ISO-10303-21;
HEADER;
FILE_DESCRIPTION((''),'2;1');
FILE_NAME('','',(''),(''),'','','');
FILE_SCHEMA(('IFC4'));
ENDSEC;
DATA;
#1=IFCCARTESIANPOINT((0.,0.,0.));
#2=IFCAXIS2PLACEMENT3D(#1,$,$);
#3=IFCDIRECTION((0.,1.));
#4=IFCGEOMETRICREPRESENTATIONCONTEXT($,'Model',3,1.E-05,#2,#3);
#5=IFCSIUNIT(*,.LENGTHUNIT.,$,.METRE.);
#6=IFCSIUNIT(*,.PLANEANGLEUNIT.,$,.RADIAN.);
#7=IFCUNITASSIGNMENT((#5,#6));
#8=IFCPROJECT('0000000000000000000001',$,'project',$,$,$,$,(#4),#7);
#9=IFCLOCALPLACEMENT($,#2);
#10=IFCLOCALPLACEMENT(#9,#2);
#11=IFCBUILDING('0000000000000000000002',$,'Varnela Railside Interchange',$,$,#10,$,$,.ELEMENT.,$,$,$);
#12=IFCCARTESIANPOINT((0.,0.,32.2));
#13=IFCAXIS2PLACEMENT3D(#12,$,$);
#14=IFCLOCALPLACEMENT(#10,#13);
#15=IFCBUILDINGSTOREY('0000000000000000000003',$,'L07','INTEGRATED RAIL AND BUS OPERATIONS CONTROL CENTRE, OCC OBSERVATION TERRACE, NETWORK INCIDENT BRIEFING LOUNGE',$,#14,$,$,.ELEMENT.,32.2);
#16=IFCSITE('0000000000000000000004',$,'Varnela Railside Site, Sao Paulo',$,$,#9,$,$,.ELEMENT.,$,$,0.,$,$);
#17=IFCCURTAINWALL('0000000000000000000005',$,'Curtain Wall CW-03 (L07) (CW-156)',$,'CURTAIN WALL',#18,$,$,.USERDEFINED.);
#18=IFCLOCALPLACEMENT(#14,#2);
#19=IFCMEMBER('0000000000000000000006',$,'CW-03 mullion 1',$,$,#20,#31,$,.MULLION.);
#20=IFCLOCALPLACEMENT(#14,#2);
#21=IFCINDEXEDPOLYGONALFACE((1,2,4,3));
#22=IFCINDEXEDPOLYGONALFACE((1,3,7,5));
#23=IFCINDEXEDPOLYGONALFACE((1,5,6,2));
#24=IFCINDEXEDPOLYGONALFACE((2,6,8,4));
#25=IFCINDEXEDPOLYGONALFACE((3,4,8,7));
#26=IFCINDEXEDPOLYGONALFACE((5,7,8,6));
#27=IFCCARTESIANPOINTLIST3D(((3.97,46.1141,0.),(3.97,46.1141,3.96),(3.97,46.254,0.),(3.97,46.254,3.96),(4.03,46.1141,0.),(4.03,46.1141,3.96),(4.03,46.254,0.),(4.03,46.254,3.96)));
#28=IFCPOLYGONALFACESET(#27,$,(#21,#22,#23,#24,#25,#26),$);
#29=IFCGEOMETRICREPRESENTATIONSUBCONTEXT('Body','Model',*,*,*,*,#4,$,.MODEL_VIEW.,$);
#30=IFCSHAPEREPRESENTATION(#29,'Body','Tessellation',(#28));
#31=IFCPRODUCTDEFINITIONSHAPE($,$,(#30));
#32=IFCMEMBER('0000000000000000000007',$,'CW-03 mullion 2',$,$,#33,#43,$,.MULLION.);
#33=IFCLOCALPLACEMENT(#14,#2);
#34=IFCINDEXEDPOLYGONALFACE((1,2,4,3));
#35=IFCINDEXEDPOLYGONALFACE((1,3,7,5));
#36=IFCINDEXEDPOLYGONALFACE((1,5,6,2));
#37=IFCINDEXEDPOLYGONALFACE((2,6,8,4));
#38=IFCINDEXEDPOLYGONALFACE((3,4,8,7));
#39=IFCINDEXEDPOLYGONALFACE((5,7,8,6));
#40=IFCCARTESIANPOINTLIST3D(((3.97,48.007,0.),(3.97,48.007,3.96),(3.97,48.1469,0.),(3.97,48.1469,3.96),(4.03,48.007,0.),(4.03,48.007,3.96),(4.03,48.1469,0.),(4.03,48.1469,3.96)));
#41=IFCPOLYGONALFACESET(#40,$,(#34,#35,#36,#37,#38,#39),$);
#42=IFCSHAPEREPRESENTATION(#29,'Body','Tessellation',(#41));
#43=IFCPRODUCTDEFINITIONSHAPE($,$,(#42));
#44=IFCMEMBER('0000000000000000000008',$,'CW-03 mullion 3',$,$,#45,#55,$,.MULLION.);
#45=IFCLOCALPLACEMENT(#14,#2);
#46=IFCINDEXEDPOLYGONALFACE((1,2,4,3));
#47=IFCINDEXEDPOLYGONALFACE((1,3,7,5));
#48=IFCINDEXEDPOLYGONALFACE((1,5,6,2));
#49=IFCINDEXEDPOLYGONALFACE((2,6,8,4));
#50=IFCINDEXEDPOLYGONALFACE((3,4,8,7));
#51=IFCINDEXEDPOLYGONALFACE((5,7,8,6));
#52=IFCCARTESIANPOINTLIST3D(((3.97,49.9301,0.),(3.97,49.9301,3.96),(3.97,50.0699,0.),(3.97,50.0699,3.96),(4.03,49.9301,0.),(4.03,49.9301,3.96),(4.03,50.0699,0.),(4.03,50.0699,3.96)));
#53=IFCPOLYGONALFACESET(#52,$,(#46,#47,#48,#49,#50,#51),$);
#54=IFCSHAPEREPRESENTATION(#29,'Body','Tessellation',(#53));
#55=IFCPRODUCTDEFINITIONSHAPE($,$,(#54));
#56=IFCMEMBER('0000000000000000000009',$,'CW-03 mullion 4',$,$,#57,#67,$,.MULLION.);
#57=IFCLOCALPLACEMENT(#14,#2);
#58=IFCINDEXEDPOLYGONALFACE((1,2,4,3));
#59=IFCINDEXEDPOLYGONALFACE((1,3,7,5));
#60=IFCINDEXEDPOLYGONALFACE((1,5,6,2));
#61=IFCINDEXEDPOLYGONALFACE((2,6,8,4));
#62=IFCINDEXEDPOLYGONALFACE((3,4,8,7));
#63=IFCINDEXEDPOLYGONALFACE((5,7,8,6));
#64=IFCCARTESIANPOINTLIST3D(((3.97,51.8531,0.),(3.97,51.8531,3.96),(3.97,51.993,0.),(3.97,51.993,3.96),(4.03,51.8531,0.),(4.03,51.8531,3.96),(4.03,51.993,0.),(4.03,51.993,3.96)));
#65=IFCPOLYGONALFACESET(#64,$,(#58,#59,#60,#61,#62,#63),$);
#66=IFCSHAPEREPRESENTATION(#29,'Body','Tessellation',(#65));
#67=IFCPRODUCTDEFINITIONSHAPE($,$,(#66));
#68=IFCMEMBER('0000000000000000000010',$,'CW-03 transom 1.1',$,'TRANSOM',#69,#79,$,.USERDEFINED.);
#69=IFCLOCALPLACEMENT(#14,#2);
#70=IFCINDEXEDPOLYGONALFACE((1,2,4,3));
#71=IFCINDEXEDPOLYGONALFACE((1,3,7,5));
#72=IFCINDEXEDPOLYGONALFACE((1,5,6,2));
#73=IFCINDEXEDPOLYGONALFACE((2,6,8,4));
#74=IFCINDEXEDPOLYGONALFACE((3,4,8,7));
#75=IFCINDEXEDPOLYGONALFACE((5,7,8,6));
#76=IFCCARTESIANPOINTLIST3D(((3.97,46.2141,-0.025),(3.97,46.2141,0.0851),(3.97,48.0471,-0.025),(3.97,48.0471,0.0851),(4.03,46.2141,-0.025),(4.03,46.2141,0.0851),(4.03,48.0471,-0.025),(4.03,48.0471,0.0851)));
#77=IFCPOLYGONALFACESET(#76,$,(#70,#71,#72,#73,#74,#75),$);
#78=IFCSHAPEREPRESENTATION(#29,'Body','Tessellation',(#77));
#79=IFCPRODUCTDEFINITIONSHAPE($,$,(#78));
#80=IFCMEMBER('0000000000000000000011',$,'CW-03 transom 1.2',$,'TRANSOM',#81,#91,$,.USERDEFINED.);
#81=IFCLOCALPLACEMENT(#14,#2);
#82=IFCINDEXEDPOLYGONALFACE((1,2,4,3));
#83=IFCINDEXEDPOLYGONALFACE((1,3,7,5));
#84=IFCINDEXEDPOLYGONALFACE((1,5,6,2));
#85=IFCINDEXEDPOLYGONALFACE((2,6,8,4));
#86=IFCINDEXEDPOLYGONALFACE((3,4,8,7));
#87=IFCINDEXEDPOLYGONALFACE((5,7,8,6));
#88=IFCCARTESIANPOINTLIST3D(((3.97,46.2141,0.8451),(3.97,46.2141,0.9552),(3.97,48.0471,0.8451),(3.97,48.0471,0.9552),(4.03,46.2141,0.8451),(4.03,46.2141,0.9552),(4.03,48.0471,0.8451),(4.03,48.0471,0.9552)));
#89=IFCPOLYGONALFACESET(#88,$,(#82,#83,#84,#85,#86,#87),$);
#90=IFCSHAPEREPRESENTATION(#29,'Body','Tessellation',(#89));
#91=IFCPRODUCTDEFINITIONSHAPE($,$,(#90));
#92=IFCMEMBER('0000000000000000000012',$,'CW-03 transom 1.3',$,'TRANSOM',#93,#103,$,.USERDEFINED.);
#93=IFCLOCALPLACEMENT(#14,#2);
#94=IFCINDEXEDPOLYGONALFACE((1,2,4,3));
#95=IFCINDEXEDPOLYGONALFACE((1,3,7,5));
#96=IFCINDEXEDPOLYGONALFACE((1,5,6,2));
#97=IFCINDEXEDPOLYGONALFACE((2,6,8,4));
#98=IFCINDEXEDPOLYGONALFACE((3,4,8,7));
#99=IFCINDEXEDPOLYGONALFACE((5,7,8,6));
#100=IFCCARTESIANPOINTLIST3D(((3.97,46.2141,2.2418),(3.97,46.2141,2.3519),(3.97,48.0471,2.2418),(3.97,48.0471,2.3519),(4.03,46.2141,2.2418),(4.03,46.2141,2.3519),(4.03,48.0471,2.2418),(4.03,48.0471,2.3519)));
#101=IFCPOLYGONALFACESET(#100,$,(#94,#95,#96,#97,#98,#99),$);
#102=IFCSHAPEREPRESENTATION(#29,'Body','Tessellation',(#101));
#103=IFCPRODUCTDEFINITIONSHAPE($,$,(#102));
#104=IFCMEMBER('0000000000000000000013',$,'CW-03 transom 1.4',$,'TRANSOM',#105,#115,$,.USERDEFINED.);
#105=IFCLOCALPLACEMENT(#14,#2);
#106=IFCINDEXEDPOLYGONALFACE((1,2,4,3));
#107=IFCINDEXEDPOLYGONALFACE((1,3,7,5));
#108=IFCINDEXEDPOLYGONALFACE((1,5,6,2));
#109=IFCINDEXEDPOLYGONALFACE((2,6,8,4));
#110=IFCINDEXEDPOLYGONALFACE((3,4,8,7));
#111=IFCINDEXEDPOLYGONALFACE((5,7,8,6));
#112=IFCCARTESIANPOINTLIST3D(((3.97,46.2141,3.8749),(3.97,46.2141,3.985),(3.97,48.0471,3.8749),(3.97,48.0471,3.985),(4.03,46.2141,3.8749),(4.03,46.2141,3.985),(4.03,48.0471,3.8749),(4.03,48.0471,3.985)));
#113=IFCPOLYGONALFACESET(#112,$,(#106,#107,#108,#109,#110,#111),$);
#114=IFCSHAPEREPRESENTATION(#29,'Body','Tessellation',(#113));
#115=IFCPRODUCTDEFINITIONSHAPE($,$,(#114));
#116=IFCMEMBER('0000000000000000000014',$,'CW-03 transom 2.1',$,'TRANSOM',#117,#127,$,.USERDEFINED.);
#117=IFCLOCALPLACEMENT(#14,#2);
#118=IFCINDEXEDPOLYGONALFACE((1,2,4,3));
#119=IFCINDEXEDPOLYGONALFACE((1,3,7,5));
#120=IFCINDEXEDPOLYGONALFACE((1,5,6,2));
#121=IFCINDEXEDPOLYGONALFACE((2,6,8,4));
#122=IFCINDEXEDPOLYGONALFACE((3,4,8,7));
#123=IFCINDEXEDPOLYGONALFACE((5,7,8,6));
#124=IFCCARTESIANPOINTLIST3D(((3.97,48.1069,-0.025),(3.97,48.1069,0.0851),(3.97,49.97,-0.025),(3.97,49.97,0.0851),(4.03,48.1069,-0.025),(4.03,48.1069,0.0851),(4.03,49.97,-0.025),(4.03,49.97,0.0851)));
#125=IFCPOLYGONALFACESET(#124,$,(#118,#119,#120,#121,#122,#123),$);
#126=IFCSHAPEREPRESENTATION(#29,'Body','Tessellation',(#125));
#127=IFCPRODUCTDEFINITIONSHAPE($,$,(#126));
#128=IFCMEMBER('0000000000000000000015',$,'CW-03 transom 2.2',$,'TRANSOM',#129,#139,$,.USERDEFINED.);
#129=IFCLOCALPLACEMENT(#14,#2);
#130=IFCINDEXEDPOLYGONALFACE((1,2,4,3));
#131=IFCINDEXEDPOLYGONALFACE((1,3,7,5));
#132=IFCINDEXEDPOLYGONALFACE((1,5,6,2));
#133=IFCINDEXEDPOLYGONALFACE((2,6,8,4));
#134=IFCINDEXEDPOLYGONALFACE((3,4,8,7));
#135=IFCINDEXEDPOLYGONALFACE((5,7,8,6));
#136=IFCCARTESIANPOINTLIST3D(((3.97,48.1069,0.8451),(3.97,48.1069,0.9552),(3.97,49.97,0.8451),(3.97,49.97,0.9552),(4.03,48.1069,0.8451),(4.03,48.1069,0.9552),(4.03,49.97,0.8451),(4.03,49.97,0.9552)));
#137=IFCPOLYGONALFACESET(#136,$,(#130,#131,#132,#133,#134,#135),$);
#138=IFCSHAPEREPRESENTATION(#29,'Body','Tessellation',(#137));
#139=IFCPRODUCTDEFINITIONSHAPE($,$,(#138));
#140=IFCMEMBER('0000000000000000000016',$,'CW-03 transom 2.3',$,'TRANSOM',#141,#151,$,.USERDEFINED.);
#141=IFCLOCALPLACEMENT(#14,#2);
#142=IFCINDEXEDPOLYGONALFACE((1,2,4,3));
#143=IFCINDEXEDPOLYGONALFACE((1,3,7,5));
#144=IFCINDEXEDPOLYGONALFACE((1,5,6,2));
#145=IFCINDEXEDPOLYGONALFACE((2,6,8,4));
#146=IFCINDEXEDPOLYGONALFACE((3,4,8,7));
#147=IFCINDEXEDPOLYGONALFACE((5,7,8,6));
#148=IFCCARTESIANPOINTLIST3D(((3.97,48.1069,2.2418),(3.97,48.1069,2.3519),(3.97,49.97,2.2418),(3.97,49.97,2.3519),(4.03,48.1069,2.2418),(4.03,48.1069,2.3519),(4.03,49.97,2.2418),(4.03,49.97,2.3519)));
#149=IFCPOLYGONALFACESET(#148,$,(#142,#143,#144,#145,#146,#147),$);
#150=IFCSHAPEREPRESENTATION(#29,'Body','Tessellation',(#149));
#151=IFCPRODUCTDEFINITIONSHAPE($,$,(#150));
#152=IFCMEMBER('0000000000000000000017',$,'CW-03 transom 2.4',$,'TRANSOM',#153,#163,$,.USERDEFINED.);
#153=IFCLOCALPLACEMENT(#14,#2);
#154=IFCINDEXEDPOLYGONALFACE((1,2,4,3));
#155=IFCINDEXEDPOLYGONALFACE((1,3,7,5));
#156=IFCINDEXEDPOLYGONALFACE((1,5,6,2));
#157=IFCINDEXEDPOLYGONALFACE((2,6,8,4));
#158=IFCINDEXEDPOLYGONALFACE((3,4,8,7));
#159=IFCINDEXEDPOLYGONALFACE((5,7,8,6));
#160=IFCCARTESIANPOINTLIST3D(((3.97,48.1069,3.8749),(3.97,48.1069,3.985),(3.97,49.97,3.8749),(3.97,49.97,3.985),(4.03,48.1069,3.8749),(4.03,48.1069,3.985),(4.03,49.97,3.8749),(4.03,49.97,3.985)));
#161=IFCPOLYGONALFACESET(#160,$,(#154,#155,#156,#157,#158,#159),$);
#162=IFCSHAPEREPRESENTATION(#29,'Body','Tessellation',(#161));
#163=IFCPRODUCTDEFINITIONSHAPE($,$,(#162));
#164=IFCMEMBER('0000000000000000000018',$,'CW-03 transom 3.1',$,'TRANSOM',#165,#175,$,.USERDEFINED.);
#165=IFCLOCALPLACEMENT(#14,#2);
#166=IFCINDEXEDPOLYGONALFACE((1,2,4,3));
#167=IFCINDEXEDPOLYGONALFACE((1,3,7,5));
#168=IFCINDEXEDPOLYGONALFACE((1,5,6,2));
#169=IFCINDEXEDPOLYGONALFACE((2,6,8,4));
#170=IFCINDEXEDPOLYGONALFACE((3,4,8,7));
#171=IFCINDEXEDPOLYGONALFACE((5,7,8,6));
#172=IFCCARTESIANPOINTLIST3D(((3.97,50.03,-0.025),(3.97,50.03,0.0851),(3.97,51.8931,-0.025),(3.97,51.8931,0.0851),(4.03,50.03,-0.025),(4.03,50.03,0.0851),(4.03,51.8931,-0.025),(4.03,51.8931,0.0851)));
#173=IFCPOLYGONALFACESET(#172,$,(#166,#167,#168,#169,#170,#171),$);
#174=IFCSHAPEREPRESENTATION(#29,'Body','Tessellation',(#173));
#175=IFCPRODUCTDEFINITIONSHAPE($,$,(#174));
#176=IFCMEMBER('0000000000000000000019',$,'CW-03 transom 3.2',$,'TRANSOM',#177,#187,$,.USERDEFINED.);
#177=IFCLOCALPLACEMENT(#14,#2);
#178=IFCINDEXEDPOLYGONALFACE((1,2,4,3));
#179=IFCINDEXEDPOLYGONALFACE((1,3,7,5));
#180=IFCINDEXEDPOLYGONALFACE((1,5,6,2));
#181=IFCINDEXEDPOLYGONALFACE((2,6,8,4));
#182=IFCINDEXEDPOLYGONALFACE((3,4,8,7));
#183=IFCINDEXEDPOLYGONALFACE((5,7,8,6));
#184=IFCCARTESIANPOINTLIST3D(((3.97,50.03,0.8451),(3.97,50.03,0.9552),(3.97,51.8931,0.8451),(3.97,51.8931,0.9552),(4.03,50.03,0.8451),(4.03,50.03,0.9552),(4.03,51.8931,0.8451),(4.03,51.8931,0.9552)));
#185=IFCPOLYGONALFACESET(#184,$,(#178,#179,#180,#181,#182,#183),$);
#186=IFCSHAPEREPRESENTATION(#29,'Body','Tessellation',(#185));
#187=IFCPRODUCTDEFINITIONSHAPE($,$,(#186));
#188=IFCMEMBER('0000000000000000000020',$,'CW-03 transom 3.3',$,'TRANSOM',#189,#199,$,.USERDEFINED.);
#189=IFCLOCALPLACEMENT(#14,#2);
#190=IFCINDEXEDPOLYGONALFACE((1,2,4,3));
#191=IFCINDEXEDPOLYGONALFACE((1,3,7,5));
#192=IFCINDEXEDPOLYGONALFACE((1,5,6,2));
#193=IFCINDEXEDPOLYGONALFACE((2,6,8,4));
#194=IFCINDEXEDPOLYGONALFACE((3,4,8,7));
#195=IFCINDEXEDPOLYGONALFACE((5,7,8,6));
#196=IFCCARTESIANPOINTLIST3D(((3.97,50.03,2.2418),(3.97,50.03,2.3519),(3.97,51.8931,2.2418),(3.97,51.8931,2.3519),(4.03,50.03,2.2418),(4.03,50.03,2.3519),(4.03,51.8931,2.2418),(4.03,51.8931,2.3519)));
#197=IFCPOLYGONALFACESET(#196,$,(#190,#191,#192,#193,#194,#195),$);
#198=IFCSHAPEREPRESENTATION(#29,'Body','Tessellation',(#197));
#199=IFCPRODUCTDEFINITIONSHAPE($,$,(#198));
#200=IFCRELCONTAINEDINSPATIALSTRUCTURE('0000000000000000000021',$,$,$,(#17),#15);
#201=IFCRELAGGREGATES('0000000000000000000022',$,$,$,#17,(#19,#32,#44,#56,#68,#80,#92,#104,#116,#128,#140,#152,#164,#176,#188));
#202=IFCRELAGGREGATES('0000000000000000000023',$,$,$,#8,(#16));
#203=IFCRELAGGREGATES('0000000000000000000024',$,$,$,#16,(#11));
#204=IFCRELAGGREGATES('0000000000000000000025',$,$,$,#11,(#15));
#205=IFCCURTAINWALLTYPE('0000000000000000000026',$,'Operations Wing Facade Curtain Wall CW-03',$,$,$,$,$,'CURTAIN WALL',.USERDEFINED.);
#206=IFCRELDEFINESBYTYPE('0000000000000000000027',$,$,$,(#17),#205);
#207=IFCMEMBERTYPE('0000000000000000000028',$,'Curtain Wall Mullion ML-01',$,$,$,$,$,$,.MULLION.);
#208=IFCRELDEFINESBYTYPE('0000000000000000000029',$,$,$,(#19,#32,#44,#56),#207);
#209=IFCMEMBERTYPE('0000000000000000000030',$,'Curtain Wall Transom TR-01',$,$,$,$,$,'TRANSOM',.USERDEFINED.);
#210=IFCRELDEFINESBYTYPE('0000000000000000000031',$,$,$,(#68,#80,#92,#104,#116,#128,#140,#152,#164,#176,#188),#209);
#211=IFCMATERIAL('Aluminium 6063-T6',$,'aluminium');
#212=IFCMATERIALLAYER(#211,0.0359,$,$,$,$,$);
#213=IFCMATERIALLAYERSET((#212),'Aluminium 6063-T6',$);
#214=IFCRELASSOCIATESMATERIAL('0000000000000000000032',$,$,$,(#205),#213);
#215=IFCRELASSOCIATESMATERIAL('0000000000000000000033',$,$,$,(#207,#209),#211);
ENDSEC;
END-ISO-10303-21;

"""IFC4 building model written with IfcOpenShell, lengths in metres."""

from ifc_helpers import new_model, si_unit, direction, frame, origin, origin_2d, place, context, subcontext, project, spatial, rectangle, extrude, material, layer, layer_set, material_profile, profile_set, type_object, element, aggregate, save


model = new_model("IFC4")

# Units and contexts
model_context = context("Model", 3, precision=1e-05, world=origin(), true_north=direction((0.0, 1.0)))
body_context = subcontext(model_context, "Body", "Model", "MODEL_VIEW")
ifc_project = project(units=[si_unit("LENGTHUNIT", "METRE"), si_unit("PLANEANGLEUNIT", "RADIAN")], contexts=[model_context])

# Site, building, storey
site_placement = place(None, origin())
site = spatial("IfcSite", under=ifc_project, at=site_placement, Name="Varnela Railside Site, Sao Paulo", CompositionType="ELEMENT", RefElevation=0.0)
building_placement = place(site_placement, origin())
building = spatial("IfcBuilding", under=site, at=building_placement, Name="Varnela Railside Interchange", CompositionType="ELEMENT")
storey_placement = place(building_placement, frame((0.0, 0.0, 32.2)))
storey = spatial("IfcBuildingStorey", under=building, at=storey_placement, Name="L07", Description="INTEGRATED RAIL AND BUS OPERATIONS CONTROL CENTRE, OCC OBSERVATION TERRACE, NETWORK INCIDENT BRIEFING LOUNGE", CompositionType="ELEMENT", Elevation=32.2)

# Curtain wall, members
ifc_material_1 = material(Name="Aluminium 6063-T6", Category="aluminium")
ifc_layer_1 = layer(ifc_material_1, 0.0359)
ifc_layer_set_1 = layer_set([ifc_layer_1], Name="Aluminium 6063-T6")
curtain_wall_type = type_object("IfcCurtainWallType", Name="Operations Wing Facade Curtain Wall CW-03", ElementType="CURTAIN WALL", PredefinedType="USERDEFINED", material=ifc_layer_set_1)
curtain_wall_placement = place(storey_placement, origin())
curtain_wall = element("IfcCurtainWall", 1, at=curtain_wall_placement, inside=storey, type_object=curtain_wall_type, Name="Curtain Wall CW-03 (L07) (CW-156)", ObjectType="CURTAIN WALL", PredefinedType="USERDEFINED")
ifc_material_profile_1 = material_profile(ifc_material_1, rectangle(XDim=0.0601, YDim=0.1399, at=origin_2d()), Name="ALU 60x140")
ifc_profile_set_1 = profile_set([ifc_material_profile_1], Name="Aluminium 6063-T6")
member_type_1 = type_object("IfcMemberType", Name="Curtain Wall Mullion ML-01", PredefinedType="MULLION", material=ifc_profile_set_1)
member_1_placement = place(storey_placement, frame((4.0, 46.1841, 0.0), z_axis=(0.0, 0.0, 1.0), x_axis=(-1.0, 0.0, 0.0)))
member_1 = element("IfcMember", 2, at=member_1_placement, type_object=member_type_1, Name="CW-03 mullion 1", PredefinedType="MULLION", context=body_context, shape_type="SweptSolid", body=[
    extrude(rectangle(XDim=0.0601, YDim=0.1399, at=origin_2d()), origin(), (0.0, 0.0, 1.0), 3.96),
])
member_2_placement = place(storey_placement, frame((4.0, 48.0769, 0.0), z_axis=(0.0, 0.0, 1.0), x_axis=(-1.0, 0.0, 0.0)))
member_2 = element("IfcMember", 3, at=member_2_placement, type_object=member_type_1, Name="CW-03 mullion 2", PredefinedType="MULLION", context=body_context, shape_type="SweptSolid", body=[
    extrude(rectangle(XDim=0.0601, YDim=0.1399, at=origin_2d()), origin(), (0.0, 0.0, 1.0), 3.96),
])
member_3_placement = place(storey_placement, frame((4.0, 50.0, 0.0), z_axis=(0.0, 0.0, 1.0), x_axis=(-1.0, 0.0, 0.0)))
member_3 = element("IfcMember", 4, at=member_3_placement, type_object=member_type_1, Name="CW-03 mullion 3", PredefinedType="MULLION", context=body_context, shape_type="SweptSolid", body=[
    extrude(rectangle(XDim=0.0601, YDim=0.1399, at=origin_2d()), origin(), (0.0, 0.0, 1.0), 3.96),
])
member_4_placement = place(storey_placement, frame((4.0, 51.9231, 0.0), z_axis=(0.0, 0.0, 1.0), x_axis=(-1.0, 0.0, 0.0)))
member_4 = element("IfcMember", 5, at=member_4_placement, type_object=member_type_1, Name="CW-03 mullion 4", PredefinedType="MULLION", context=body_context, shape_type="SweptSolid", body=[
    extrude(rectangle(XDim=0.0601, YDim=0.1399, at=origin_2d()), origin(), (0.0, 0.0, 1.0), 3.96),
])
ifc_material_profile_2 = material_profile(ifc_material_1, rectangle(XDim=0.0601, YDim=0.1101, at=origin_2d()), Name="ALU 60x110")
ifc_profile_set_2 = profile_set([ifc_material_profile_2], Name="Aluminium 6063-T6")
member_type_2 = type_object("IfcMemberType", Name="Curtain Wall Transom TR-01", ElementType="TRANSOM", PredefinedType="USERDEFINED", material=ifc_profile_set_2)
member_5_placement = place(storey_placement, frame((4.0, 46.2141, 0.03), z_axis=(0.0, 1.0, 0.0), x_axis=(-1.0, 0.0, 0.0)))
member_5 = element("IfcMember", 6, at=member_5_placement, type_object=member_type_2, Name="CW-03 transom 1.1", ObjectType="TRANSOM", PredefinedType="USERDEFINED", context=body_context, shape_type="SweptSolid", body=[
    extrude(rectangle(XDim=0.0601, YDim=0.1101, at=origin_2d()), origin(), (0.0, 0.0, 1.0), 1.833),
])
member_6_placement = place(storey_placement, frame((4.0, 46.2141, 0.9001), z_axis=(0.0, 1.0, 0.0), x_axis=(-1.0, 0.0, 0.0)))
member_6 = element("IfcMember", 7, at=member_6_placement, type_object=member_type_2, Name="CW-03 transom 1.2", ObjectType="TRANSOM", PredefinedType="USERDEFINED", context=body_context, shape_type="SweptSolid", body=[
    extrude(rectangle(XDim=0.0601, YDim=0.1101, at=origin_2d()), origin(), (0.0, 0.0, 1.0), 1.833),
])
member_7_placement = place(storey_placement, frame((4.0, 46.2141, 2.2969), z_axis=(0.0, 1.0, 0.0), x_axis=(-1.0, 0.0, 0.0)))
member_7 = element("IfcMember", 8, at=member_7_placement, type_object=member_type_2, Name="CW-03 transom 1.3", ObjectType="TRANSOM", PredefinedType="USERDEFINED", context=body_context, shape_type="SweptSolid", body=[
    extrude(rectangle(XDim=0.0601, YDim=0.1101, at=origin_2d()), origin(), (0.0, 0.0, 1.0), 1.833),
])
member_8_placement = place(storey_placement, frame((4.0, 46.2141, 3.9299), z_axis=(0.0, 1.0, 0.0), x_axis=(-1.0, 0.0, 0.0)))
member_8 = element("IfcMember", 9, at=member_8_placement, type_object=member_type_2, Name="CW-03 transom 1.4", ObjectType="TRANSOM", PredefinedType="USERDEFINED", context=body_context, shape_type="SweptSolid", body=[
    extrude(rectangle(XDim=0.0601, YDim=0.1101, at=origin_2d()), origin(), (0.0, 0.0, 1.0), 1.833),
])
member_9_placement = place(storey_placement, frame((4.0, 48.1069, 0.03), z_axis=(0.0, 1.0, 0.0), x_axis=(-1.0, 0.0, 0.0)))
member_9 = element("IfcMember", 10, at=member_9_placement, type_object=member_type_2, Name="CW-03 transom 2.1", ObjectType="TRANSOM", PredefinedType="USERDEFINED", context=body_context, shape_type="SweptSolid", body=[
    extrude(rectangle(XDim=0.0601, YDim=0.1101, at=origin_2d()), origin(), (0.0, 0.0, 1.0), 1.863),
])
member_10_placement = place(storey_placement, frame((4.0, 48.1069, 0.9001), z_axis=(0.0, 1.0, 0.0), x_axis=(-1.0, 0.0, 0.0)))
member_10 = element("IfcMember", 11, at=member_10_placement, type_object=member_type_2, Name="CW-03 transom 2.2", ObjectType="TRANSOM", PredefinedType="USERDEFINED", context=body_context, shape_type="SweptSolid", body=[
    extrude(rectangle(XDim=0.0601, YDim=0.1101, at=origin_2d()), origin(), (0.0, 0.0, 1.0), 1.863),
])
member_11_placement = place(storey_placement, frame((4.0, 48.1069, 2.2969), z_axis=(0.0, 1.0, 0.0), x_axis=(-1.0, 0.0, 0.0)))
member_11 = element("IfcMember", 12, at=member_11_placement, type_object=member_type_2, Name="CW-03 transom 2.3", ObjectType="TRANSOM", PredefinedType="USERDEFINED", context=body_context, shape_type="SweptSolid", body=[
    extrude(rectangle(XDim=0.0601, YDim=0.1101, at=origin_2d()), origin(), (0.0, 0.0, 1.0), 1.863),
])
member_12_placement = place(storey_placement, frame((4.0, 48.1069, 3.9299), z_axis=(0.0, 1.0, 0.0), x_axis=(-1.0, 0.0, 0.0)))
member_12 = element("IfcMember", 13, at=member_12_placement, type_object=member_type_2, Name="CW-03 transom 2.4", ObjectType="TRANSOM", PredefinedType="USERDEFINED", context=body_context, shape_type="SweptSolid", body=[
    extrude(rectangle(XDim=0.0601, YDim=0.1101, at=origin_2d()), origin(), (0.0, 0.0, 1.0), 1.863),
])
member_13_placement = place(storey_placement, frame((4.0, 50.03, 0.03), z_axis=(0.0, 1.0, 0.0), x_axis=(-1.0, 0.0, 0.0)))
member_13 = element("IfcMember", 14, at=member_13_placement, type_object=member_type_2, Name="CW-03 transom 3.1", ObjectType="TRANSOM", PredefinedType="USERDEFINED", context=body_context, shape_type="SweptSolid", body=[
    extrude(rectangle(XDim=0.0601, YDim=0.1101, at=origin_2d()), origin(), (0.0, 0.0, 1.0), 1.863),
])
member_14_placement = place(storey_placement, frame((4.0, 50.03, 0.9001), z_axis=(0.0, 1.0, 0.0), x_axis=(-1.0, 0.0, 0.0)))
member_14 = element("IfcMember", 15, at=member_14_placement, type_object=member_type_2, Name="CW-03 transom 3.2", ObjectType="TRANSOM", PredefinedType="USERDEFINED", context=body_context, shape_type="SweptSolid", body=[
    extrude(rectangle(XDim=0.0601, YDim=0.1101, at=origin_2d()), origin(), (0.0, 0.0, 1.0), 1.863),
])
member_15_placement = place(storey_placement, frame((4.0, 50.03, 2.2969), z_axis=(0.0, 1.0, 0.0), x_axis=(-1.0, 0.0, 0.0)))
member_15 = element("IfcMember", 16, at=member_15_placement, type_object=member_type_2, Name="CW-03 transom 3.3", ObjectType="TRANSOM", PredefinedType="USERDEFINED", context=body_context, shape_type="SweptSolid", body=[
    extrude(rectangle(XDim=0.0601, YDim=0.1101, at=origin_2d()), origin(), (0.0, 0.0, 1.0), 1.863),
])

aggregate(curtain_wall, [member_1, member_2, member_3, member_4, member_5, member_6, member_7, member_8, member_9, member_10, member_11, member_12, member_13, member_14, member_15])

save(model, "model.ifc")
